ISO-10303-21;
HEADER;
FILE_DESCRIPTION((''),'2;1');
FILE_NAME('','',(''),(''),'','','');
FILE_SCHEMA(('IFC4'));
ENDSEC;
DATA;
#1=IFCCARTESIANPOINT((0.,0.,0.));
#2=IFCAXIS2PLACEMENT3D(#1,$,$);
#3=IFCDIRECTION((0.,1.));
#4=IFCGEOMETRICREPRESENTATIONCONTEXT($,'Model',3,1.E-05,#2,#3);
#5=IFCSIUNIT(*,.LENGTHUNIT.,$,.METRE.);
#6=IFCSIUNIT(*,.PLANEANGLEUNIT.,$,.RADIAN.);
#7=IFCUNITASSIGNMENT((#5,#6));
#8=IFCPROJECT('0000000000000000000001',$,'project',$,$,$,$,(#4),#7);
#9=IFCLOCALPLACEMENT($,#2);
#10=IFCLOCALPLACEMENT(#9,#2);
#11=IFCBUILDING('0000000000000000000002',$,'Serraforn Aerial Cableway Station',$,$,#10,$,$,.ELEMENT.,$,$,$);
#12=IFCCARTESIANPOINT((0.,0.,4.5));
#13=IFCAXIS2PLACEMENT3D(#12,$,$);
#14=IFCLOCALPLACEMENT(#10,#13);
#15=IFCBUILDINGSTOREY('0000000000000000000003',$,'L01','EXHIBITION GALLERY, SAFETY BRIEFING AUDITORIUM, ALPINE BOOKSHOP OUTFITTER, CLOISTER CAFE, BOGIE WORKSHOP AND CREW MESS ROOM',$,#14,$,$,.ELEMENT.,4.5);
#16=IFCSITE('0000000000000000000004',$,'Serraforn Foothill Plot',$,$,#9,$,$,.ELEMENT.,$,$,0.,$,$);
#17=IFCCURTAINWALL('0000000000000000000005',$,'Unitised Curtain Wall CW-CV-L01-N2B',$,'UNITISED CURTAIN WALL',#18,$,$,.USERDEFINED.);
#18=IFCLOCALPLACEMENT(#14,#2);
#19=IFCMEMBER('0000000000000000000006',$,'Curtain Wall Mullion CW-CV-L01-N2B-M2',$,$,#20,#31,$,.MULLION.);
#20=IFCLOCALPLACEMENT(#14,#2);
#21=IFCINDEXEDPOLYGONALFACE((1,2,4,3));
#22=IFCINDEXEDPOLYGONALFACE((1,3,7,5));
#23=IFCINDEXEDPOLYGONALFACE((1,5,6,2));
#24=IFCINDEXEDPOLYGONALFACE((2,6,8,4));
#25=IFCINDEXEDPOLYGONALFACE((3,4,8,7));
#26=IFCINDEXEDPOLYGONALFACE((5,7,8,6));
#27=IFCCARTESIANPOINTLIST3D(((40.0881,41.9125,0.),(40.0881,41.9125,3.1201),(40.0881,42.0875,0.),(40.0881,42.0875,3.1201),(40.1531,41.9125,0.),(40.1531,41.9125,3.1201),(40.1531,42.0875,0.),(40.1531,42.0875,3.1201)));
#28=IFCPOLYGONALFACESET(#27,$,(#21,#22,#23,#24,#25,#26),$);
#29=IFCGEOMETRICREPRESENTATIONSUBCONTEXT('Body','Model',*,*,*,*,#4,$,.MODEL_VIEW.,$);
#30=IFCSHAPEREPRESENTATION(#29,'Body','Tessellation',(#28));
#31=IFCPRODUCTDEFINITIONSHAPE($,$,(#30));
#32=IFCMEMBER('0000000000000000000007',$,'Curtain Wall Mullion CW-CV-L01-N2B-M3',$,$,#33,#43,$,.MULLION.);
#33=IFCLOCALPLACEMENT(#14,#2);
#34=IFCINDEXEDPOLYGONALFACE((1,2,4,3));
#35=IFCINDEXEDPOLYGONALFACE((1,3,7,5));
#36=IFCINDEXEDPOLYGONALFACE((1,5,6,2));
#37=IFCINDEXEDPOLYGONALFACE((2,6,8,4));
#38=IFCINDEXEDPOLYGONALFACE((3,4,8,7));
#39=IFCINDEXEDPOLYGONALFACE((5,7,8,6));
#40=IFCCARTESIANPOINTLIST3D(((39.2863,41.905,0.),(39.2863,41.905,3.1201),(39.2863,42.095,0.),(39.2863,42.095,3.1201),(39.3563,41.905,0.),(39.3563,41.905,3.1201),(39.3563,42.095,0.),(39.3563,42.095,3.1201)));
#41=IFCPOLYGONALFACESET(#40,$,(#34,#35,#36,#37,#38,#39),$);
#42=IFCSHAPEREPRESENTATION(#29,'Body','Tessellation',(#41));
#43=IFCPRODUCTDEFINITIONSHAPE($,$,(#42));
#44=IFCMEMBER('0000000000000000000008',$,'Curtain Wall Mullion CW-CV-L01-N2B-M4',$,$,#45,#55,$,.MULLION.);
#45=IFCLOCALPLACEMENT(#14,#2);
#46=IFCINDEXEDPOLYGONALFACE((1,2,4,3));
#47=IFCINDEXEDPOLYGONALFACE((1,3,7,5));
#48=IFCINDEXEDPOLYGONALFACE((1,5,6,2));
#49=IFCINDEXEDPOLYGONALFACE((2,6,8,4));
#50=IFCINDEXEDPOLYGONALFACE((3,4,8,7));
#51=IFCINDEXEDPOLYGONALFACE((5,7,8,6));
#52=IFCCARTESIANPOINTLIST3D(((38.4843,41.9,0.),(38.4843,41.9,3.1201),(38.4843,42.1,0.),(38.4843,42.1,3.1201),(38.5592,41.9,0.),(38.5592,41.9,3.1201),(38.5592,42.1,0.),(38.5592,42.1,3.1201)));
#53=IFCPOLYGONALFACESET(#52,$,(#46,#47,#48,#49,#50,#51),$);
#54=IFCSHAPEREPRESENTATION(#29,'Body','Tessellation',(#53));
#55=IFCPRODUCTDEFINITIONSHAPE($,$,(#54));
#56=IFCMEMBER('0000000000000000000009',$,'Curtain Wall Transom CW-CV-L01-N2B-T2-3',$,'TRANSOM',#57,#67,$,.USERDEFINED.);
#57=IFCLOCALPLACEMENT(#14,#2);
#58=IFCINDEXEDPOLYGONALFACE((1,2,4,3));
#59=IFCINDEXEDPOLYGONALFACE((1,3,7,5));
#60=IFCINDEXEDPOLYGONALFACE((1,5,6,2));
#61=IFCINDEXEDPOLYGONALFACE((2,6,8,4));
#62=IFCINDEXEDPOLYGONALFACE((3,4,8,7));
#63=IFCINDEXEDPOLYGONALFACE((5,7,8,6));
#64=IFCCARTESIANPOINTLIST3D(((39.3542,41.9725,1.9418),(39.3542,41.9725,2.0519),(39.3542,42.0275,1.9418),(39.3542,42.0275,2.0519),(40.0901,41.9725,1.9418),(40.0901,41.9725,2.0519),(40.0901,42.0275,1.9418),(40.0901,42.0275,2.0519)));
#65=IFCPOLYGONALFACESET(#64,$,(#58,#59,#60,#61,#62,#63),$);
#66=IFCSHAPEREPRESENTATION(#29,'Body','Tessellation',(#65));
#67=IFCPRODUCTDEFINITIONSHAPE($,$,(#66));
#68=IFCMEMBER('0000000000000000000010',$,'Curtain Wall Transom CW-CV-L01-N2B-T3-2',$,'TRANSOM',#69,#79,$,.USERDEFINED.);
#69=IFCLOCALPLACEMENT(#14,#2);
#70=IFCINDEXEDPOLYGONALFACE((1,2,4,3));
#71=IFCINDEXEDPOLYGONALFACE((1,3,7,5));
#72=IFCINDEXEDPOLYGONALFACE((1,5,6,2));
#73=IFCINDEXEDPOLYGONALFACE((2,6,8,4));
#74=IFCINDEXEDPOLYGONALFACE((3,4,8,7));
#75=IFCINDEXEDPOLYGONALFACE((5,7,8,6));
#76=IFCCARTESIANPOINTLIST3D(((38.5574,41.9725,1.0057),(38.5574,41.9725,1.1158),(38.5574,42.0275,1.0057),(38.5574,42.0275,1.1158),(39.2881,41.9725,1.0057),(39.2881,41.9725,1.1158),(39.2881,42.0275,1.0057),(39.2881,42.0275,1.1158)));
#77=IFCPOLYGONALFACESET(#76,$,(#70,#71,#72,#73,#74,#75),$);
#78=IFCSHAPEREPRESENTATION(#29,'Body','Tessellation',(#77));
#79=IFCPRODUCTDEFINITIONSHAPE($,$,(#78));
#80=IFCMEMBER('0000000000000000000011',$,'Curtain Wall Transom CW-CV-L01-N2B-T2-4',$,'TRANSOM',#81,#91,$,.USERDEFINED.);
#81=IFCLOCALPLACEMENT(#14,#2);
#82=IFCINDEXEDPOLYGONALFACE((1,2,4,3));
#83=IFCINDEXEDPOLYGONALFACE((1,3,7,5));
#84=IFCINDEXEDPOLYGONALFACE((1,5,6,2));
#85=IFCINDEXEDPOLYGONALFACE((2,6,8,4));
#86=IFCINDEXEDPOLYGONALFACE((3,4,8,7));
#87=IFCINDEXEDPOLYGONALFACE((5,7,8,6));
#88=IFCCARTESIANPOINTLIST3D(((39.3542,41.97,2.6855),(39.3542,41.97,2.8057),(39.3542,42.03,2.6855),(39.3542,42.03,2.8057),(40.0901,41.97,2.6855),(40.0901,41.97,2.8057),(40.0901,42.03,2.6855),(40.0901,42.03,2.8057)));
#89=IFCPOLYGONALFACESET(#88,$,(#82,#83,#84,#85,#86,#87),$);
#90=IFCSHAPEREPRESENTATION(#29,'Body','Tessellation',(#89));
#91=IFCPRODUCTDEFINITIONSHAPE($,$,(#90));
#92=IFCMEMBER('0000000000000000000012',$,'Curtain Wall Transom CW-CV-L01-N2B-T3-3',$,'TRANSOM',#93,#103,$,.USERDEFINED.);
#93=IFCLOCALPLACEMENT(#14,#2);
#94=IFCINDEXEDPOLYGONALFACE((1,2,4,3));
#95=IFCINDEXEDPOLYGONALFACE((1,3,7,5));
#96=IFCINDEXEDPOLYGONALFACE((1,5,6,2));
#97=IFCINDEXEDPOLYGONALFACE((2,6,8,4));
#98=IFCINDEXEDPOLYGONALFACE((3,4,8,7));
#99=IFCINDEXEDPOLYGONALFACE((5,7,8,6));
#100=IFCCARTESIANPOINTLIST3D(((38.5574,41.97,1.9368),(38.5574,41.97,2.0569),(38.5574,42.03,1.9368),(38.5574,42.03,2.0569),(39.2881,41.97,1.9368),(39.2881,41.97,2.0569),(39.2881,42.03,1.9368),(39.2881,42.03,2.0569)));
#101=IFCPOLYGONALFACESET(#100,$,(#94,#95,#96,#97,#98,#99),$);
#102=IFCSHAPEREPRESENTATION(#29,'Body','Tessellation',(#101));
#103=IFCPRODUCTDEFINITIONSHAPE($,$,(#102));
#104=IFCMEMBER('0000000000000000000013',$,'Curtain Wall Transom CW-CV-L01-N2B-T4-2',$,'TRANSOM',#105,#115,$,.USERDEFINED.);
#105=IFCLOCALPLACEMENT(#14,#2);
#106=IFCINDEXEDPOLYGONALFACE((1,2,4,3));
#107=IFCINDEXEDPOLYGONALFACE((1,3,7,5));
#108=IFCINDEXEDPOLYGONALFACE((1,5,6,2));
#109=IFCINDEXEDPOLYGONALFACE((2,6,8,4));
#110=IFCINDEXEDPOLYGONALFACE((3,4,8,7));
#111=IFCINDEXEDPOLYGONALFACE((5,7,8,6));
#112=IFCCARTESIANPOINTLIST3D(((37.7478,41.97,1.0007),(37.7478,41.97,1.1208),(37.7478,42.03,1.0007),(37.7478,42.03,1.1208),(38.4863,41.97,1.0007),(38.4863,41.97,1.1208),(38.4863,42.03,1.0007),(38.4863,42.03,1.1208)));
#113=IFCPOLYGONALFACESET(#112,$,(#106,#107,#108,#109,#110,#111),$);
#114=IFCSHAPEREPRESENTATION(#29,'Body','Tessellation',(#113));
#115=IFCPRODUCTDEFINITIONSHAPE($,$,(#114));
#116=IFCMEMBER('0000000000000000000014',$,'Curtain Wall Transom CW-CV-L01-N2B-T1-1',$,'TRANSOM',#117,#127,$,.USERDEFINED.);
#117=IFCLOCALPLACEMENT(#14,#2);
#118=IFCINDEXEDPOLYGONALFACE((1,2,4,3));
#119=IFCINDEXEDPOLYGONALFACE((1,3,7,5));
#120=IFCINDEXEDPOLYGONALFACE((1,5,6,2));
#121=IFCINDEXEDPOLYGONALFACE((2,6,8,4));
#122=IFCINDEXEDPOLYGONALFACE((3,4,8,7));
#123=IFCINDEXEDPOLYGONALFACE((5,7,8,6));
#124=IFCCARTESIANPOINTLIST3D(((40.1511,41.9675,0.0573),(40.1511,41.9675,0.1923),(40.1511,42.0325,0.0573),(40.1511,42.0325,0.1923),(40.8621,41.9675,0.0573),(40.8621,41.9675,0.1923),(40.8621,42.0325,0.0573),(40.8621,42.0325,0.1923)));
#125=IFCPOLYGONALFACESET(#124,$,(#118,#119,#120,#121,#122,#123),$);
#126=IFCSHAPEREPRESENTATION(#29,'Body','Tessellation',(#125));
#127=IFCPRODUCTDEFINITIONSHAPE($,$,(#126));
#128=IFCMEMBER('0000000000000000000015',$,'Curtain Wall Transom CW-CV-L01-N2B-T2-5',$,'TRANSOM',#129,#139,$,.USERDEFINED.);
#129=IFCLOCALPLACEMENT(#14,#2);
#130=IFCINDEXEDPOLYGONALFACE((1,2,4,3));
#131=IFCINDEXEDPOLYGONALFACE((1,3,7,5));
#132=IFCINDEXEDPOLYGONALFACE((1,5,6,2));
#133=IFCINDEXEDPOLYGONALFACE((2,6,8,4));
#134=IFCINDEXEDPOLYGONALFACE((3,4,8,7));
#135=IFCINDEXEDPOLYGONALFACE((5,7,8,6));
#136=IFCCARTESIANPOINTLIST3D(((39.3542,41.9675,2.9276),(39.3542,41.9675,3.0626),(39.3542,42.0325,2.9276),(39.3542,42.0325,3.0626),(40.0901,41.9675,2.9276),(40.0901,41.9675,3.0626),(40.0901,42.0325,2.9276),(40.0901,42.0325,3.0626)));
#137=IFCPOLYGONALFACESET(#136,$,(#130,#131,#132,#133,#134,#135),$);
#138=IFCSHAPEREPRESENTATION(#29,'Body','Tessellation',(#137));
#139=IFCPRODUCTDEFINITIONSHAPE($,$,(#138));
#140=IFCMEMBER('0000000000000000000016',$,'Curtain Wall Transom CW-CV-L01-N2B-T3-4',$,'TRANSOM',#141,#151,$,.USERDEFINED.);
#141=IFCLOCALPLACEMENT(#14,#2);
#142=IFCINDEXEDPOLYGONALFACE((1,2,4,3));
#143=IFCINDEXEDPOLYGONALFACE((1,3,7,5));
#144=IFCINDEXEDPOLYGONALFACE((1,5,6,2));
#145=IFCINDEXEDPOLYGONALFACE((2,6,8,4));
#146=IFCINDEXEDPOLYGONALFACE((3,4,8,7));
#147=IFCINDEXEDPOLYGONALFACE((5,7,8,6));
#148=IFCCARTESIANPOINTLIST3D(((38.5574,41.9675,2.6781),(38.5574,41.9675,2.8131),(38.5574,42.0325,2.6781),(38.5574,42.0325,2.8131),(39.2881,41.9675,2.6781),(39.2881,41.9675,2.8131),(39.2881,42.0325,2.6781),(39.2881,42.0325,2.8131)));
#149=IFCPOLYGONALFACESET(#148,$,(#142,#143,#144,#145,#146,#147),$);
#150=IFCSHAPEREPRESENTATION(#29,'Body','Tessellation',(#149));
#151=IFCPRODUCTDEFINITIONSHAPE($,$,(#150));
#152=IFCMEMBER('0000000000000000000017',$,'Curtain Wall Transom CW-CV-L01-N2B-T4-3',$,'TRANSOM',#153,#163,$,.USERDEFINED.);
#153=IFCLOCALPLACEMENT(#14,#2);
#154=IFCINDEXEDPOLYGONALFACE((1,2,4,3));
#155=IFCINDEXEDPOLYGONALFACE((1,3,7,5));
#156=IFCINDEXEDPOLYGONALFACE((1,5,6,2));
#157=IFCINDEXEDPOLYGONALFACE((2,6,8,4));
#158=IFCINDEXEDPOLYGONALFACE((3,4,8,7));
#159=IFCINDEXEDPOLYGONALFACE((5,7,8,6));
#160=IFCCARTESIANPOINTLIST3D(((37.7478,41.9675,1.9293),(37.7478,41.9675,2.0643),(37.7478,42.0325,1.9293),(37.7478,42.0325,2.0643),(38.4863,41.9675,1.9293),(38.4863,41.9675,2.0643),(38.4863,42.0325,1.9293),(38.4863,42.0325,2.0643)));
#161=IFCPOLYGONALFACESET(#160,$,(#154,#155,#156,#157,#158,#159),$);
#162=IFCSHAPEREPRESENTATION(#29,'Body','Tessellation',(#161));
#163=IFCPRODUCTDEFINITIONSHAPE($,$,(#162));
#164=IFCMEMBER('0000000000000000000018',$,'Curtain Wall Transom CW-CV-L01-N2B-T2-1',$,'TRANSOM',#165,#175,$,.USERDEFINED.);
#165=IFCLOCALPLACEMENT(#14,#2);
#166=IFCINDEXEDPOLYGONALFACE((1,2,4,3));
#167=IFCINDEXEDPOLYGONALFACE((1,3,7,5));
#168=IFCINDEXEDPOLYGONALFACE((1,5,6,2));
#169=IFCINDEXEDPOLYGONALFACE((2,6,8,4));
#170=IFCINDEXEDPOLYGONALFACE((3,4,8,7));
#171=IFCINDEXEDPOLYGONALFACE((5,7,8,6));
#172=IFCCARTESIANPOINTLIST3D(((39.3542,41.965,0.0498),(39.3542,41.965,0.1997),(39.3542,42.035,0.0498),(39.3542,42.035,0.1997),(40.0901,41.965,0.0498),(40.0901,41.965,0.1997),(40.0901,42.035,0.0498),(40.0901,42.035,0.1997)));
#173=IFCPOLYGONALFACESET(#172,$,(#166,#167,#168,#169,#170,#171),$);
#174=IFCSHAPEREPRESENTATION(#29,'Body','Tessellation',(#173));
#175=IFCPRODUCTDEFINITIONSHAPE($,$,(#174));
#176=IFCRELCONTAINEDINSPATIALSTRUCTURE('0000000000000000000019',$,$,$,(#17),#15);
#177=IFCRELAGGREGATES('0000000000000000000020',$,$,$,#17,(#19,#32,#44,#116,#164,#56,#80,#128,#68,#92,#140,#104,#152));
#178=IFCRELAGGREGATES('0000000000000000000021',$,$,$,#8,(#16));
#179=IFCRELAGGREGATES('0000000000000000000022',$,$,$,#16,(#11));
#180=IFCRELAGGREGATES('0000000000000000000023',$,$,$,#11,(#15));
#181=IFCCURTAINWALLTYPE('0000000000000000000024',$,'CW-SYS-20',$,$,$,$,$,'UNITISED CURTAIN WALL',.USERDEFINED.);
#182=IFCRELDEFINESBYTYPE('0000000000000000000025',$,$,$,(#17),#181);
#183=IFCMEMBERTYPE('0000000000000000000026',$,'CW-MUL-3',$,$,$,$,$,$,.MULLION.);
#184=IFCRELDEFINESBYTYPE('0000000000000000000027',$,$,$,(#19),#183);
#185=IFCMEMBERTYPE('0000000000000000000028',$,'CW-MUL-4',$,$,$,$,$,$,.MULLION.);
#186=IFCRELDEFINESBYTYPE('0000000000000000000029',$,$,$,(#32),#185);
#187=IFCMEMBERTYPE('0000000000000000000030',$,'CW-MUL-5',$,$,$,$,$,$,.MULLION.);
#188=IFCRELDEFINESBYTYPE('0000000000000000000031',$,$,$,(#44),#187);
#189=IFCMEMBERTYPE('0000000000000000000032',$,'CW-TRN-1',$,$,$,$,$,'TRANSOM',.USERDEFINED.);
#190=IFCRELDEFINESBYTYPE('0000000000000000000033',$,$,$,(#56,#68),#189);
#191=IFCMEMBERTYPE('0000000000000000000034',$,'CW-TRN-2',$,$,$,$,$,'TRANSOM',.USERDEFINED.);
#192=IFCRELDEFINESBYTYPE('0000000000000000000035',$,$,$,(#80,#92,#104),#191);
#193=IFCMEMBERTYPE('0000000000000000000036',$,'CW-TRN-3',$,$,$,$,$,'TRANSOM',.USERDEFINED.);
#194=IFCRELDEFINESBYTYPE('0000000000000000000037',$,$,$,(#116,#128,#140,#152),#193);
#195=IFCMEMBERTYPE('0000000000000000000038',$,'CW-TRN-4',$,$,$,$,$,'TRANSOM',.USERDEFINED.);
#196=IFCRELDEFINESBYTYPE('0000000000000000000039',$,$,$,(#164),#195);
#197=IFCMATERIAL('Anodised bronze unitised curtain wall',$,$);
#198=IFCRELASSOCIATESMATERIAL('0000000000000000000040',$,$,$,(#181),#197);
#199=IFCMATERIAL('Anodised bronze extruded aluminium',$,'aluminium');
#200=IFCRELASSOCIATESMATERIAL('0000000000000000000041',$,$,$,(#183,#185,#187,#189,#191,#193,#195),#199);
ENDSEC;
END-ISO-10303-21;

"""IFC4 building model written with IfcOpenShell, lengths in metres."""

from ifc_helpers import new_model, si_unit, direction, frame, origin, origin_2d, place, context, subcontext, project, spatial, rectangle, extrude, material, material_profile, profile_set, type_object, element, aggregate, save


model = new_model("IFC4")

# Units and contexts
model_context = context("Model", 3, precision=1e-05, world=origin(), true_north=direction((0.0, 1.0)))
body_context = subcontext(model_context, "Body", "Model", "MODEL_VIEW")
ifc_project = project(units=[si_unit("LENGTHUNIT", "METRE"), si_unit("PLANEANGLEUNIT", "RADIAN")], contexts=[model_context])

# Site, building, storey
site_placement = place(None, origin())
site = spatial("IfcSite", under=ifc_project, at=site_placement, Name="Serraforn Foothill Plot", CompositionType="ELEMENT", RefElevation=0.0)
building_placement = place(site_placement, origin())
building = spatial("IfcBuilding", under=site, at=building_placement, Name="Serraforn Aerial Cableway Station", CompositionType="ELEMENT")
storey_placement = place(building_placement, frame((0.0, 0.0, 4.5)))
storey = spatial("IfcBuildingStorey", under=building, at=storey_placement, Name="L01", Description="EXHIBITION GALLERY, SAFETY BRIEFING AUDITORIUM, ALPINE BOOKSHOP OUTFITTER, CLOISTER CAFE, BOGIE WORKSHOP AND CREW MESS ROOM", CompositionType="ELEMENT", Elevation=4.5)

# Curtain wall, members
ifc_material_1 = material(Name="Anodised bronze unitised curtain wall")
curtain_wall_type = type_object("IfcCurtainWallType", Name="CW-SYS-20", ElementType="UNITISED CURTAIN WALL", PredefinedType="USERDEFINED", material=ifc_material_1)
curtain_wall_placement = place(storey_placement, origin())
curtain_wall = element("IfcCurtainWall", 1, at=curtain_wall_placement, inside=storey, type_object=curtain_wall_type, Name="Unitised Curtain Wall CW-CV-L01-N2B", ObjectType="UNITISED CURTAIN WALL", PredefinedType="USERDEFINED")
ifc_material_2 = material(Name="Anodised bronze extruded aluminium", Category="aluminium")
ifc_material_profile_1 = material_profile(ifc_material_2, rectangle(XDim=0.0649, YDim=0.175, at=origin_2d()), Name="CW MULLION 65x175")
ifc_profile_set_1 = profile_set([ifc_material_profile_1], Name="Anodised bronze extruded aluminium")
member_type_1 = type_object("IfcMemberType", Name="CW-MUL-3", PredefinedType="MULLION", material=ifc_profile_set_1)
member_1_placement = place(storey_placement, frame((40.1206, 42.0, 0.0), z_axis=(0.0, 0.0, 1.0), x_axis=(-1.0, 0.0, 0.0)))
member_1 = element("IfcMember", 2, at=member_1_placement, type_object=member_type_1, Name="Curtain Wall Mullion CW-CV-L01-N2B-M2", PredefinedType="MULLION", context=body_context, shape_type="SweptSolid", body=[
    extrude(rectangle(XDim=0.0649, YDim=0.175, at=origin_2d()), origin(), (0.0, 0.0, 1.0), 3.1201),
])
ifc_material_profile_2 = material_profile(ifc_material_2, rectangle(XDim=0.0701, YDim=0.1899, at=origin_2d()), Name="CW MULLION 70x190")
ifc_profile_set_2 = profile_set([ifc_material_profile_2], Name="Anodised bronze extruded aluminium")
member_type_2 = type_object("IfcMemberType", Name="CW-MUL-4", PredefinedType="MULLION", material=ifc_profile_set_2)
member_2_placement = place(storey_placement, frame((39.3213, 42.0, 0.0), z_axis=(0.0, 0.0, 1.0), x_axis=(-1.0, 0.0, 0.0)))
member_2 = element("IfcMember", 3, at=member_2_placement, type_object=member_type_2, Name="Curtain Wall Mullion CW-CV-L01-N2B-M3", PredefinedType="MULLION", context=body_context, shape_type="SweptSolid", body=[
    extrude(rectangle(XDim=0.0701, YDim=0.1899, at=origin_2d()), origin(), (0.0, 0.0, 1.0), 3.1201),
])
ifc_material_profile_3 = material_profile(ifc_material_2, rectangle(XDim=0.075, YDim=0.2, at=origin_2d()), Name="CW MULLION 75x200")
ifc_profile_set_3 = profile_set([ifc_material_profile_3], Name="Anodised bronze extruded aluminium")
member_type_3 = type_object("IfcMemberType", Name="CW-MUL-5", PredefinedType="MULLION", material=ifc_profile_set_3)
member_3_placement = place(storey_placement, frame((38.5217, 42.0, 0.0), z_axis=(0.0, 0.0, 1.0), x_axis=(-1.0, 0.0, 0.0)))
member_3 = element("IfcMember", 4, at=member_3_placement, type_object=member_type_3, Name="Curtain Wall Mullion CW-CV-L01-N2B-M4", PredefinedType="MULLION", context=body_context, shape_type="SweptSolid", body=[
    extrude(rectangle(XDim=0.075, YDim=0.2, at=origin_2d()), origin(), (0.0, 0.0, 1.0), 3.1201),
])
ifc_material_profile_4 = material_profile(ifc_material_2, rectangle(XDim=0.0549, YDim=0.1101, at=origin_2d()), Name="CW TRANSOM 55x110")
ifc_profile_set_4 = profile_set([ifc_material_profile_4], Name="Anodised bronze extruded aluminium")
member_type_4 = type_object("IfcMemberType", Name="CW-TRN-1", ElementType="TRANSOM", PredefinedType="USERDEFINED", material=ifc_profile_set_4)
member_4_placement = place(storey_placement, frame((40.0901, 42.0, 1.9968), z_axis=(-1.0, 0.0, 0.0), x_axis=(0.0, -1.0, 0.0)))
member_4 = element("IfcMember", 5, at=member_4_placement, type_object=member_type_4, Name="Curtain Wall Transom CW-CV-L01-N2B-T2-3", ObjectType="TRANSOM", PredefinedType="USERDEFINED", context=body_context, shape_type="SweptSolid", body=[
    extrude(rectangle(XDim=0.0549, YDim=0.1101, at=origin_2d()), origin(), (0.0, 0.0, 1.0), 0.7358),
])
member_5_placement = place(storey_placement, frame((39.2881, 42.0, 1.0608), z_axis=(-1.0, 0.0, 0.0), x_axis=(0.0, -1.0, 0.0)))
member_5 = element("IfcMember", 6, at=member_5_placement, type_object=member_type_4, Name="Curtain Wall Transom CW-CV-L01-N2B-T3-2", ObjectType="TRANSOM", PredefinedType="USERDEFINED", context=body_context, shape_type="SweptSolid", body=[
    extrude(rectangle(XDim=0.0549, YDim=0.1101, at=origin_2d()), origin(), (0.0, 0.0, 1.0), 0.7307),
])
ifc_material_profile_5 = material_profile(ifc_material_2, rectangle(XDim=0.0601, YDim=0.1201, at=origin_2d()), Name="CW TRANSOM 60x120")
ifc_profile_set_5 = profile_set([ifc_material_profile_5], Name="Anodised bronze extruded aluminium")
member_type_5 = type_object("IfcMemberType", Name="CW-TRN-2", ElementType="TRANSOM", PredefinedType="USERDEFINED", material=ifc_profile_set_5)
member_6_placement = place(storey_placement, frame((40.0901, 42.0, 2.7456), z_axis=(-1.0, 0.0, 0.0), x_axis=(0.0, -1.0, 0.0)))
member_6 = element("IfcMember", 7, at=member_6_placement, type_object=member_type_5, Name="Curtain Wall Transom CW-CV-L01-N2B-T2-4", ObjectType="TRANSOM", PredefinedType="USERDEFINED", context=body_context, shape_type="SweptSolid", body=[
    extrude(rectangle(XDim=0.0601, YDim=0.1201, at=origin_2d()), origin(), (0.0, 0.0, 1.0), 0.7358),
])
member_7_placement = place(storey_placement, frame((39.2881, 42.0, 1.9968), z_axis=(-1.0, 0.0, 0.0), x_axis=(0.0, -1.0, 0.0)))
member_7 = element("IfcMember", 8, at=member_7_placement, type_object=member_type_5, Name="Curtain Wall Transom CW-CV-L01-N2B-T3-3", ObjectType="TRANSOM", PredefinedType="USERDEFINED", context=body_context, shape_type="SweptSolid", body=[
    extrude(rectangle(XDim=0.0601, YDim=0.1201, at=origin_2d()), origin(), (0.0, 0.0, 1.0), 0.7307),
])
member_8_placement = place(storey_placement, frame((38.4863, 42.0, 1.0608), z_axis=(-1.0, 0.0, 0.0), x_axis=(0.0, -1.0, 0.0)))
member_8 = element("IfcMember", 9, at=member_8_placement, type_object=member_type_5, Name="Curtain Wall Transom CW-CV-L01-N2B-T4-2", ObjectType="TRANSOM", PredefinedType="USERDEFINED", context=body_context, shape_type="SweptSolid", body=[
    extrude(rectangle(XDim=0.0601, YDim=0.1201, at=origin_2d()), origin(), (0.0, 0.0, 1.0), 0.7385),
])
ifc_material_profile_6 = material_profile(ifc_material_2, rectangle(XDim=0.0649, YDim=0.135, at=origin_2d()), Name="CW TRANSOM 65x135")
ifc_profile_set_6 = profile_set([ifc_material_profile_6], Name="Anodised bronze extruded aluminium")
member_type_6 = type_object("IfcMemberType", Name="CW-TRN-3", ElementType="TRANSOM", PredefinedType="USERDEFINED", material=ifc_profile_set_6)
member_9_placement = place(storey_placement, frame((40.8621, 42.0, 0.1248), z_axis=(-1.0, 0.0, 0.0), x_axis=(0.0, -1.0, 0.0)))
member_9 = element("IfcMember", 10, at=member_9_placement, type_object=member_type_6, Name="Curtain Wall Transom CW-CV-L01-N2B-T1-1", ObjectType="TRANSOM", PredefinedType="USERDEFINED", context=body_context, shape_type="SweptSolid", body=[
    extrude(rectangle(XDim=0.0649, YDim=0.135, at=origin_2d()), origin(), (0.0, 0.0, 1.0), 0.7109),
])
member_10_placement = place(storey_placement, frame((40.0901, 42.0, 2.9951), z_axis=(-1.0, 0.0, 0.0), x_axis=(0.0, -1.0, 0.0)))
member_10 = element("IfcMember", 11, at=member_10_placement, type_object=member_type_6, Name="Curtain Wall Transom CW-CV-L01-N2B-T2-5", ObjectType="TRANSOM", PredefinedType="USERDEFINED", context=body_context, shape_type="SweptSolid", body=[
    extrude(rectangle(XDim=0.0649, YDim=0.135, at=origin_2d()), origin(), (0.0, 0.0, 1.0), 0.7358),
])
member_11_placement = place(storey_placement, frame((39.2881, 42.0, 2.7456), z_axis=(-1.0, 0.0, 0.0), x_axis=(0.0, -1.0, 0.0)))
member_11 = element("IfcMember", 12, at=member_11_placement, type_object=member_type_6, Name="Curtain Wall Transom CW-CV-L01-N2B-T3-4", ObjectType="TRANSOM", PredefinedType="USERDEFINED", context=body_context, shape_type="SweptSolid", body=[
    extrude(rectangle(XDim=0.0649, YDim=0.135, at=origin_2d()), origin(), (0.0, 0.0, 1.0), 0.7307),
])
member_12_placement = place(storey_placement, frame((38.4863, 42.0, 1.9968), z_axis=(-1.0, 0.0, 0.0), x_axis=(0.0, -1.0, 0.0)))
member_12 = element("IfcMember", 13, at=member_12_placement, type_object=member_type_6, Name="Curtain Wall Transom CW-CV-L01-N2B-T4-3", ObjectType="TRANSOM", PredefinedType="USERDEFINED", context=body_context, shape_type="SweptSolid", body=[
    extrude(rectangle(XDim=0.0649, YDim=0.135, at=origin_2d()), origin(), (0.0, 0.0, 1.0), 0.7385),
])
ifc_material_profile_7 = material_profile(ifc_material_2, rectangle(XDim=0.0701, YDim=0.1499, at=origin_2d()), Name="CW TRANSOM 70x150")
ifc_profile_set_7 = profile_set([ifc_material_profile_7], Name="Anodised bronze extruded aluminium")
member_type_7 = type_object("IfcMemberType", Name="CW-TRN-4", ElementType="TRANSOM", PredefinedType="USERDEFINED", material=ifc_profile_set_7)
member_13_placement = place(storey_placement, frame((40.0901, 42.0, 0.1248), z_axis=(-1.0, 0.0, 0.0), x_axis=(0.0, -1.0, 0.0)))
member_13 = element("IfcMember", 14, at=member_13_placement, type_object=member_type_7, Name="Curtain Wall Transom CW-CV-L01-N2B-T2-1", ObjectType="TRANSOM", PredefinedType="USERDEFINED", context=body_context, shape_type="SweptSolid", body=[
    extrude(rectangle(XDim=0.0701, YDim=0.1499, at=origin_2d()), origin(), (0.0, 0.0, 1.0), 0.7358),
])
aggregate(curtain_wall, [member_1, member_2, member_3, member_9, member_13, member_4, member_6, member_10, member_5, member_7, member_11, member_8, member_12])

save(model, "model.ifc")
